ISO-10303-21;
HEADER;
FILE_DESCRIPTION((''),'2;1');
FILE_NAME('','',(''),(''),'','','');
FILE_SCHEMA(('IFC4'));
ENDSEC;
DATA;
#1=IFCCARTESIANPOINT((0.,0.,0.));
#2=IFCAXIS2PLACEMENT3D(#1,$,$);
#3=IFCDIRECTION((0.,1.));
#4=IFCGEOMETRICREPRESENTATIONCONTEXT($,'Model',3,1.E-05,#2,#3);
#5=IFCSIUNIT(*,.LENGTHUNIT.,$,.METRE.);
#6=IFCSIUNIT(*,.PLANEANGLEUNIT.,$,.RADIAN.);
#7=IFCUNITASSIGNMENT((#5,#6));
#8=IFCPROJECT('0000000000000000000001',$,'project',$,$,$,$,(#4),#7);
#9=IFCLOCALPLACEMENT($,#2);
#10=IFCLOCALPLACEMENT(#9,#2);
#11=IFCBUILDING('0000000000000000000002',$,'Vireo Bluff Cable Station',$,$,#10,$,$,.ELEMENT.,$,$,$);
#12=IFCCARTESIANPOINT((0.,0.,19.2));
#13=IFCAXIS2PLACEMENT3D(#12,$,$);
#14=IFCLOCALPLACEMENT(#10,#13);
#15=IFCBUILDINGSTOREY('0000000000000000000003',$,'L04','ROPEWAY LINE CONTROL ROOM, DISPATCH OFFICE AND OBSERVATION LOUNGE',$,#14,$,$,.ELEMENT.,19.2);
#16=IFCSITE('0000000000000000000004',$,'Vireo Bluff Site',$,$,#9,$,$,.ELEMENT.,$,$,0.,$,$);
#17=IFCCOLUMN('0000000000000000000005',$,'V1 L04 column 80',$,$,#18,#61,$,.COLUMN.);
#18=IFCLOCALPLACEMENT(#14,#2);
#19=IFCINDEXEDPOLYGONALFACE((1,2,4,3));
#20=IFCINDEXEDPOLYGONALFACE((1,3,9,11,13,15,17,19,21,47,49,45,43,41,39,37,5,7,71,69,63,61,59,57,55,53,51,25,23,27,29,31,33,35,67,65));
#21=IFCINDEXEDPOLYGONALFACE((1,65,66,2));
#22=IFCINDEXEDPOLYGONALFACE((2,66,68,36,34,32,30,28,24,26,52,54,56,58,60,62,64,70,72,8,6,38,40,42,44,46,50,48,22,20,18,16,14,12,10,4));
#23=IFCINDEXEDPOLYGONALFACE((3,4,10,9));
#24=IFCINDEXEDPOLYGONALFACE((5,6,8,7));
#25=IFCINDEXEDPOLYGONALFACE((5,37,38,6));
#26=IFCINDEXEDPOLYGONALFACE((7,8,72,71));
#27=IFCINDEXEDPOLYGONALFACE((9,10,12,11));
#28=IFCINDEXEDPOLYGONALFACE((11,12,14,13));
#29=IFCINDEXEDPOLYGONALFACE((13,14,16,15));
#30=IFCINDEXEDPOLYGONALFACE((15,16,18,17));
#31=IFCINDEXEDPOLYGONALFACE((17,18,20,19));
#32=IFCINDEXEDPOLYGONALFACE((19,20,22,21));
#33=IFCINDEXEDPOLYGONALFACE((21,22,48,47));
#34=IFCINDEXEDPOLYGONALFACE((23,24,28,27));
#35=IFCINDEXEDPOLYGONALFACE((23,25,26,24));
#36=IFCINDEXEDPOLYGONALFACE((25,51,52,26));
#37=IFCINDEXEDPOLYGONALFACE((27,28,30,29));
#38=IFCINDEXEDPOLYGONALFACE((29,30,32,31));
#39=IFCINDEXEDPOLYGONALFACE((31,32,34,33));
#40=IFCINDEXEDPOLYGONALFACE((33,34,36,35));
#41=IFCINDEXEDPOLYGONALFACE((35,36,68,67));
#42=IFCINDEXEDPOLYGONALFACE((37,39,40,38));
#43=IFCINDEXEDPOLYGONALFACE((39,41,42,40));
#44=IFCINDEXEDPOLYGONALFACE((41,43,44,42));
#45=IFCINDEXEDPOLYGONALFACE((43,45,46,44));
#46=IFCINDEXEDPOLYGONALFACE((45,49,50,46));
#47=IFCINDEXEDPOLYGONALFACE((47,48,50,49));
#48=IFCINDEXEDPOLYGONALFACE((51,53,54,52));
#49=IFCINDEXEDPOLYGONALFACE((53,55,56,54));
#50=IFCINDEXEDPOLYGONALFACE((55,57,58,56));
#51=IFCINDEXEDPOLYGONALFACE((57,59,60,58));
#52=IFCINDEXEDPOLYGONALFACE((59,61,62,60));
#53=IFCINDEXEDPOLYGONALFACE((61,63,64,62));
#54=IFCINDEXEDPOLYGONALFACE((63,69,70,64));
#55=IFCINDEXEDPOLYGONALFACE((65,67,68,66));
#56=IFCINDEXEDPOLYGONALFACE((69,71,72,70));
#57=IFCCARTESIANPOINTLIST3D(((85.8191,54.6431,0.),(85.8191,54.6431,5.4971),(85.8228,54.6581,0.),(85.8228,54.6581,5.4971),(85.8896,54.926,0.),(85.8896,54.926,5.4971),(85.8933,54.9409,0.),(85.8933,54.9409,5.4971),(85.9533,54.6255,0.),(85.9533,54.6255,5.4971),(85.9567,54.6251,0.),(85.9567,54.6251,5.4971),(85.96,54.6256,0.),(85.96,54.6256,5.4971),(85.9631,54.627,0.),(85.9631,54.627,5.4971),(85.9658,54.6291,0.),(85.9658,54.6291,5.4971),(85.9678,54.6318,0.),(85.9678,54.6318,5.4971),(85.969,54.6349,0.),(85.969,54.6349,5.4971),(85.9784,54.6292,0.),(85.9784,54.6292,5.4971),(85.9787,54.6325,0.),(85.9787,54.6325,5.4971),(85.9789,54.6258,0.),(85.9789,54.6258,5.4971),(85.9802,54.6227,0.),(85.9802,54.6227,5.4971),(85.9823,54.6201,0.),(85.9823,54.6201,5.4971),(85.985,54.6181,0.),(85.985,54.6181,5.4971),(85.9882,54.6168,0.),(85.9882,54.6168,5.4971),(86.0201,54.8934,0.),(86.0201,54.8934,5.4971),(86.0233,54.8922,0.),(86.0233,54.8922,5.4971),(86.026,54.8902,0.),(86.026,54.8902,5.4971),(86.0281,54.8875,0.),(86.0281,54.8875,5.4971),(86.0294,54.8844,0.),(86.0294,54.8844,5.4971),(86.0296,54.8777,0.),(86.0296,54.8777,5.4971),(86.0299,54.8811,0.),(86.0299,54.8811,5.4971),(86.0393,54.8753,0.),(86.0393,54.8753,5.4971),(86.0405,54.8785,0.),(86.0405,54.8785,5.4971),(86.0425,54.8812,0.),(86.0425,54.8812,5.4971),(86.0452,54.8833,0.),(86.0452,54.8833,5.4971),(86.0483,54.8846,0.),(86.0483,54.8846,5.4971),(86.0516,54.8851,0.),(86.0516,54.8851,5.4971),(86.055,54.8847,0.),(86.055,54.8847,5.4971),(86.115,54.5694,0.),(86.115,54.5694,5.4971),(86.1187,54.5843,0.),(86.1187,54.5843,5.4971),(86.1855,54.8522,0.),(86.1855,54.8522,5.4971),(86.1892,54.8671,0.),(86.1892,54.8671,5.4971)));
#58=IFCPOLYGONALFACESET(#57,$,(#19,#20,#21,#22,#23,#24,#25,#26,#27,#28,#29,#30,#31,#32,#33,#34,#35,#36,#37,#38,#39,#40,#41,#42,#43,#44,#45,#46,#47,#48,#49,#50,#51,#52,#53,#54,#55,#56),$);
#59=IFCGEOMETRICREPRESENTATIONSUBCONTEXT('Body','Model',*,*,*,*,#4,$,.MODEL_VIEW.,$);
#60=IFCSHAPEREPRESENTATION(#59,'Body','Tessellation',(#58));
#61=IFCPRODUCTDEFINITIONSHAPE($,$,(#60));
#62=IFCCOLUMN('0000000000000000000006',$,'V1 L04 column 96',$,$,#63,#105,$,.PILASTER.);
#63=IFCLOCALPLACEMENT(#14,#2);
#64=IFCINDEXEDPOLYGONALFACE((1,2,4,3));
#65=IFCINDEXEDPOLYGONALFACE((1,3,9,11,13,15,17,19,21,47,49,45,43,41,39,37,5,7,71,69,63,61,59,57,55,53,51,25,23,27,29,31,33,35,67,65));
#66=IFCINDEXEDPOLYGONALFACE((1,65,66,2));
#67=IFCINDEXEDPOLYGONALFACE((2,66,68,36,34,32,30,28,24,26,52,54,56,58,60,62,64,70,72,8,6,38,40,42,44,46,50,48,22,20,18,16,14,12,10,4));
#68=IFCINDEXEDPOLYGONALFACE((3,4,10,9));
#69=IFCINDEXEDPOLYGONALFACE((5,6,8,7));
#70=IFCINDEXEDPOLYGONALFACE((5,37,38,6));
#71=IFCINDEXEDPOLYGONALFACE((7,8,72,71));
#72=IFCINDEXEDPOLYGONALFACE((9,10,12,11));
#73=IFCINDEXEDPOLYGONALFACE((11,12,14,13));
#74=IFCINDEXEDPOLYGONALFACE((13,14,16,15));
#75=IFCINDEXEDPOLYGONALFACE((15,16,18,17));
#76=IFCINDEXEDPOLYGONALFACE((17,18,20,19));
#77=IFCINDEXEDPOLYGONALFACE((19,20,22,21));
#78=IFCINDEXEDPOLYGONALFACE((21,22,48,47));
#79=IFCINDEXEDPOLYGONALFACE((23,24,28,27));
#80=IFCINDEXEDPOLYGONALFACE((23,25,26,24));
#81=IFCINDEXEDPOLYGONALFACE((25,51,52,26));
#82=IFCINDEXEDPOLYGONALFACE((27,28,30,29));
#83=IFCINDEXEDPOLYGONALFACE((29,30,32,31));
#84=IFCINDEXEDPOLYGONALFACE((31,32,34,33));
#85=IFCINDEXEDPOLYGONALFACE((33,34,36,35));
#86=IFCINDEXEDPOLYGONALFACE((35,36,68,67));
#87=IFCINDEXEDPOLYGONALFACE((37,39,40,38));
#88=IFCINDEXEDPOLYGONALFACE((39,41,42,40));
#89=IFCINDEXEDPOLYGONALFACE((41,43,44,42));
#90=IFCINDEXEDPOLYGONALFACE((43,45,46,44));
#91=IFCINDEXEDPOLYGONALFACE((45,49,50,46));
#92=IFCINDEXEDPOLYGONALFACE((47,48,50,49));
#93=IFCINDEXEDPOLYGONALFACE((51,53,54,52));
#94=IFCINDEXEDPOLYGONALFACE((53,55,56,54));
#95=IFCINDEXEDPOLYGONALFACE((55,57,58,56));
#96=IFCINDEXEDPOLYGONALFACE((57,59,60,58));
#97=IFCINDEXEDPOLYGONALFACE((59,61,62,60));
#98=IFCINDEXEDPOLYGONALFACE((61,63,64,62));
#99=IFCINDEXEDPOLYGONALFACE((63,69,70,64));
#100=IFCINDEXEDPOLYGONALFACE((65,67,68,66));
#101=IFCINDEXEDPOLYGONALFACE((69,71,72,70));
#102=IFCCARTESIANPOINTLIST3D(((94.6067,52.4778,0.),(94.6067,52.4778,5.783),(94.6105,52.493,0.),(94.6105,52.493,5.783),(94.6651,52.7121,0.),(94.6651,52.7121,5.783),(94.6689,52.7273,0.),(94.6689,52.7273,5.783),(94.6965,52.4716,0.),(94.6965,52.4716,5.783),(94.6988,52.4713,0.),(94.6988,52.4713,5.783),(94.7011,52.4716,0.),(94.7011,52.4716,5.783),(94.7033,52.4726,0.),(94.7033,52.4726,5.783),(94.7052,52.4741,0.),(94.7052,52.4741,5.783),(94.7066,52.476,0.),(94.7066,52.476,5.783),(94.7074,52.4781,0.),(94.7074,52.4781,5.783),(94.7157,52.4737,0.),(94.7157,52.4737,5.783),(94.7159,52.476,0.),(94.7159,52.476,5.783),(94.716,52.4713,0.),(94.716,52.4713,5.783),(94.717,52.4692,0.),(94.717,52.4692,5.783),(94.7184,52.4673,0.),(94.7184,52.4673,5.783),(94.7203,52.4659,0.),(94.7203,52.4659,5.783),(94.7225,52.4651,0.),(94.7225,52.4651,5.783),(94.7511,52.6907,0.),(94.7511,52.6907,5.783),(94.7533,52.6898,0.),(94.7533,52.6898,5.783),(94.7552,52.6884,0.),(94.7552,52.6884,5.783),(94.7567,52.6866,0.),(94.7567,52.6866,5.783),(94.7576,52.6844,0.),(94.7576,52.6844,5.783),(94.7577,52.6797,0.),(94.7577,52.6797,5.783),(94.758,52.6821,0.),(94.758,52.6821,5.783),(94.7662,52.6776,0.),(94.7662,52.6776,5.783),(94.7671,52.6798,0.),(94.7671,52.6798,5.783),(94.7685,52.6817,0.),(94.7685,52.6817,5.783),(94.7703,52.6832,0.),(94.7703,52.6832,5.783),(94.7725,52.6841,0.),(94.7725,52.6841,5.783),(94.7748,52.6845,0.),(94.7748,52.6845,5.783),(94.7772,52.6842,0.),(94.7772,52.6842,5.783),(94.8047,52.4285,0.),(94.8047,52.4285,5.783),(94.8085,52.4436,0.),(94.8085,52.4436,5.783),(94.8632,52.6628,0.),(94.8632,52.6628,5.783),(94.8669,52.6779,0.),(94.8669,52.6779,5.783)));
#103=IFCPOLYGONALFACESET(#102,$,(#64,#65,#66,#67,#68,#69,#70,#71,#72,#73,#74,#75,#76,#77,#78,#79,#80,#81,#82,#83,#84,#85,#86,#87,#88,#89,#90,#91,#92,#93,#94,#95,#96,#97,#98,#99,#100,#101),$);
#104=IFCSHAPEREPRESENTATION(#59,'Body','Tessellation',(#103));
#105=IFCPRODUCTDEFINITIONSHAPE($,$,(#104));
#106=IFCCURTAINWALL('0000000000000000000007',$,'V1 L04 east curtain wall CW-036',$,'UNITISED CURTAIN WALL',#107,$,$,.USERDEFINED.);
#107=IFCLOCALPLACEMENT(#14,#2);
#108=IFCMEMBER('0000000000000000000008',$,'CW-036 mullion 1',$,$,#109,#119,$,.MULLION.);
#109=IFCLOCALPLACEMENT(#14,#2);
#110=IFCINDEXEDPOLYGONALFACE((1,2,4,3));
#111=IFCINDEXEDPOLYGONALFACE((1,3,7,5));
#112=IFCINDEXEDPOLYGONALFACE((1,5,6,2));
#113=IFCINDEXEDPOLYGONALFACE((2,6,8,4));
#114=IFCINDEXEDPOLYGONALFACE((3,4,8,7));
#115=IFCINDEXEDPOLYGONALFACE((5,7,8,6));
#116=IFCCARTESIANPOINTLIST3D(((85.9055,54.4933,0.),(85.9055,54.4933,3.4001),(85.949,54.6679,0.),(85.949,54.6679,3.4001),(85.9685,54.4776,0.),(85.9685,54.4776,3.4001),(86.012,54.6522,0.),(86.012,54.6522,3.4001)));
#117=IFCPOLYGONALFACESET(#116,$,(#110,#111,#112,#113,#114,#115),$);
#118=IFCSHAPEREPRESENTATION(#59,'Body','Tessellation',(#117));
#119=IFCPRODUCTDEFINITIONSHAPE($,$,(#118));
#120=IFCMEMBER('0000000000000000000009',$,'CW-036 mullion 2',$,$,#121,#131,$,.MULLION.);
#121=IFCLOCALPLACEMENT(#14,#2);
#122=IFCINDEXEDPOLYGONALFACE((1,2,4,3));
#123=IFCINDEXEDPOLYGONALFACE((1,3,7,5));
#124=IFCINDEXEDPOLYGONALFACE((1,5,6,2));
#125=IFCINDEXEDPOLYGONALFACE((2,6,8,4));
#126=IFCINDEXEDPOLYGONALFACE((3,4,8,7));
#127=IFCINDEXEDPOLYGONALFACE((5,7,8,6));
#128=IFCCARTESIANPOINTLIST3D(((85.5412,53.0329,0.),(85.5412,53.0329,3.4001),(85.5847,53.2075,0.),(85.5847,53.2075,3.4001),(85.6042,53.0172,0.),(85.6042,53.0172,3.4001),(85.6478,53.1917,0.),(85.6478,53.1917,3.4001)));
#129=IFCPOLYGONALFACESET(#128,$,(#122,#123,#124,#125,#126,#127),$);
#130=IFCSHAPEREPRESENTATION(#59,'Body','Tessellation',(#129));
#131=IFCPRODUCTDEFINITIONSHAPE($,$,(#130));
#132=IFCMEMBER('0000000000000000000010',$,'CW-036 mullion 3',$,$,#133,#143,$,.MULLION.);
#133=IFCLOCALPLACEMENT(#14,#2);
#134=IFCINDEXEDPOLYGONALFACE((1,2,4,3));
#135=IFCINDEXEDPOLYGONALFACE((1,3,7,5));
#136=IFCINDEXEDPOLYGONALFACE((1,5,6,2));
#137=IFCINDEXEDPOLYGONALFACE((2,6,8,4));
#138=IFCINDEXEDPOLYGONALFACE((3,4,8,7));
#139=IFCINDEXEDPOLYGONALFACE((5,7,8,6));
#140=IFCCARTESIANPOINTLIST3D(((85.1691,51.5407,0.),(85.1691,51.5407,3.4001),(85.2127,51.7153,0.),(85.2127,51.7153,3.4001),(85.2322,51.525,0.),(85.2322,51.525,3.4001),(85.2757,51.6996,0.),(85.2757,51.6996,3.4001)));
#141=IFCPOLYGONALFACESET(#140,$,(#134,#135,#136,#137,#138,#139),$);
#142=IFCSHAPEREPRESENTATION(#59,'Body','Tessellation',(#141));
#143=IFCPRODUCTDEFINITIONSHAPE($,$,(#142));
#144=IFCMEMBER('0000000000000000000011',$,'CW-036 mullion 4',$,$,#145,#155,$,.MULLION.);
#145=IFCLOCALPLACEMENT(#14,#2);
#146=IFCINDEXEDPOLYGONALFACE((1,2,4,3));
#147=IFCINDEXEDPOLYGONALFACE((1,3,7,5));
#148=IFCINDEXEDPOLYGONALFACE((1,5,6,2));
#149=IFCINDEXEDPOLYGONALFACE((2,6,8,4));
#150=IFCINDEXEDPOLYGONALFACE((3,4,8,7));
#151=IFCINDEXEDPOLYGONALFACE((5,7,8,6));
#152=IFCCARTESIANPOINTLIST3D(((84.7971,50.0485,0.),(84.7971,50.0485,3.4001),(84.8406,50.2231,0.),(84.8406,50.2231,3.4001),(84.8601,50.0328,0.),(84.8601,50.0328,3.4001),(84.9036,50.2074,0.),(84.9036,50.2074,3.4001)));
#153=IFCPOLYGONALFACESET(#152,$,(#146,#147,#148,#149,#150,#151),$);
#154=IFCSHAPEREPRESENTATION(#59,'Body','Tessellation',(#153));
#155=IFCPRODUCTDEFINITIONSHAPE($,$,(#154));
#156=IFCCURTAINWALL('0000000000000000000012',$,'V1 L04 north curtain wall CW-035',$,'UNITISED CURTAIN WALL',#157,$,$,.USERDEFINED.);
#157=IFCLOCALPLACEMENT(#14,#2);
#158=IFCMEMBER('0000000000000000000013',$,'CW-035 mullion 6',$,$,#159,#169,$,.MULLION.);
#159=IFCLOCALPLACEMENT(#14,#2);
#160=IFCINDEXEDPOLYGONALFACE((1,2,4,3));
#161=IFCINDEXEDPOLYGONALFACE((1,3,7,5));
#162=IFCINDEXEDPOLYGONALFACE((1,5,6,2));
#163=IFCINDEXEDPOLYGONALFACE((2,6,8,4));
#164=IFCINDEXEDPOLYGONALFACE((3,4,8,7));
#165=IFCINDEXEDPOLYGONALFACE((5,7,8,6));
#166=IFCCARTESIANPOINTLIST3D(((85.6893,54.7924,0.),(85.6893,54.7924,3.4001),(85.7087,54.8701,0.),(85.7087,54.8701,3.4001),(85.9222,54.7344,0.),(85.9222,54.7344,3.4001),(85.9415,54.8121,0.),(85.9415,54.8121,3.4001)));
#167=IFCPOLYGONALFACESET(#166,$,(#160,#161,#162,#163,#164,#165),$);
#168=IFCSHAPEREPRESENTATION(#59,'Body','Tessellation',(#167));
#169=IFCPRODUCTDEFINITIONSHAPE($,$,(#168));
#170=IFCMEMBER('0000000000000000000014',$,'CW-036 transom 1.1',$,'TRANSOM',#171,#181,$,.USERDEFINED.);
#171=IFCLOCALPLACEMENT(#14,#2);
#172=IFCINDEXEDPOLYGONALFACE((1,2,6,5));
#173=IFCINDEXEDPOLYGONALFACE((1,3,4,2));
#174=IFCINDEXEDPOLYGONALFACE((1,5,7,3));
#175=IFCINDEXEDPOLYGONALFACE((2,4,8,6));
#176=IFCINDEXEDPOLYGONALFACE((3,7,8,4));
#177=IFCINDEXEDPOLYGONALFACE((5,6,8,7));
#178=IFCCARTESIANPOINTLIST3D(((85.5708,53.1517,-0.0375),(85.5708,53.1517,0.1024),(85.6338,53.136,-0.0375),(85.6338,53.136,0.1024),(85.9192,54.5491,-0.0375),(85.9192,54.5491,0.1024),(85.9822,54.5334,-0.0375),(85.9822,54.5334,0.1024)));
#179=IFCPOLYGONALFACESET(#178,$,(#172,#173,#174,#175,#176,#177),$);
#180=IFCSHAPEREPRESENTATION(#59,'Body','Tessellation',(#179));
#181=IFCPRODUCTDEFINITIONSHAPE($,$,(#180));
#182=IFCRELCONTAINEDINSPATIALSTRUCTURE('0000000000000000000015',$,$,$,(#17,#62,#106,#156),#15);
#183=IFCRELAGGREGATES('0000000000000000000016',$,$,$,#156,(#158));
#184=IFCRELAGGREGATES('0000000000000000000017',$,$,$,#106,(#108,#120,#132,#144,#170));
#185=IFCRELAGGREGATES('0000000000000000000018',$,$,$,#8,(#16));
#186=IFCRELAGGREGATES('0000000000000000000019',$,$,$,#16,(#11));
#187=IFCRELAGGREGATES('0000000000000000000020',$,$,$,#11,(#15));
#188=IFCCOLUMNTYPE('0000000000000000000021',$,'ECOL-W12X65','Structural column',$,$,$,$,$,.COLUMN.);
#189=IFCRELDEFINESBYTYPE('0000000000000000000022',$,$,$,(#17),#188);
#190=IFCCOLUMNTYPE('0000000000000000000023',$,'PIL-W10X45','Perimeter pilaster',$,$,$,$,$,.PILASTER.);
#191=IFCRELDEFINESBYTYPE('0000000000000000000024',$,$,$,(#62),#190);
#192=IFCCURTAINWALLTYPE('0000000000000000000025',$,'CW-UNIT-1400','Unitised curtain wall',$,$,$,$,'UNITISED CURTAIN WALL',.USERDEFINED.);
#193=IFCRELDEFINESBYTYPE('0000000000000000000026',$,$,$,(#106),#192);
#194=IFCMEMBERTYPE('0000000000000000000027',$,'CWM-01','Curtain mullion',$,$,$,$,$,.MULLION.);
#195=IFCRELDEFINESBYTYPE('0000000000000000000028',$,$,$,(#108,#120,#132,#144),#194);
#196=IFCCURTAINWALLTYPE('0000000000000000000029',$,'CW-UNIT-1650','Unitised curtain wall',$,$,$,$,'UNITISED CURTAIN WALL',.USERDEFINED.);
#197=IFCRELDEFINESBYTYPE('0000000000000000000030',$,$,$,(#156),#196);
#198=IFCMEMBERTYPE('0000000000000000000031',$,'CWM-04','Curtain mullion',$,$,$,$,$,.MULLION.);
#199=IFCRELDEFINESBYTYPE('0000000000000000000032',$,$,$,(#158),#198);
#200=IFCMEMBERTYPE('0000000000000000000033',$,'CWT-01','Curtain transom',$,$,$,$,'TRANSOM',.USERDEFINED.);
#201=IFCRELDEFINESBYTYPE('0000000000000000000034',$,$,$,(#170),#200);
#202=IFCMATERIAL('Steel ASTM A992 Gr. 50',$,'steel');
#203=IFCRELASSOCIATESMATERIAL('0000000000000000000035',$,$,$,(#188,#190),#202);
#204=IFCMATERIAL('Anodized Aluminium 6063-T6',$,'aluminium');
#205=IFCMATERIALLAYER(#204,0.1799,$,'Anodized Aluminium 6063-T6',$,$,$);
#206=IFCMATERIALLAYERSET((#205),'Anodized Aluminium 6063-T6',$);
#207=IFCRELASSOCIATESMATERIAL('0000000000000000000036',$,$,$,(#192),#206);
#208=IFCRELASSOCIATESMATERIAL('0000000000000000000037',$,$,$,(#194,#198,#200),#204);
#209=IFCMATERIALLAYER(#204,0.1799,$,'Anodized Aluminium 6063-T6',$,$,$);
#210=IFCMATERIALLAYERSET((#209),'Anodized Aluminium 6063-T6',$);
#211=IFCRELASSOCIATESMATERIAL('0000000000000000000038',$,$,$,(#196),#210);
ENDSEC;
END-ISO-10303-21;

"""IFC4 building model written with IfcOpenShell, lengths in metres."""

from ifc_helpers import new_model, si_unit, direction, frame, origin, origin_2d, place, context, subcontext, project, spatial, rectangle, i_section, extrude, material, layer, layer_set, material_profile, profile_set, type_object, element, aggregate, save


model = new_model("IFC4")

# Units and contexts
model_context = context("Model", 3, precision=1e-05, world=origin(), true_north=direction((0.0, 1.0)))
body_context = subcontext(model_context, "Body", "Model", "MODEL_VIEW")
ifc_project = project(units=[si_unit("LENGTHUNIT", "METRE"), si_unit("PLANEANGLEUNIT", "RADIAN")], contexts=[model_context])

# Site, building, storey
site_placement = place(None, origin())
site = spatial("IfcSite", under=ifc_project, at=site_placement, Name="Vireo Bluff Site", CompositionType="ELEMENT", RefElevation=0.0)
building_placement = place(site_placement, origin())
building = spatial("IfcBuilding", under=site, at=building_placement, Name="Vireo Bluff Cable Station", CompositionType="ELEMENT")
storey_placement = place(building_placement, frame((0.0, 0.0, 19.2)))
storey = spatial("IfcBuildingStorey", under=building, at=storey_placement, Name="L04", Description="ROPEWAY LINE CONTROL ROOM, DISPATCH OFFICE AND OBSERVATION LOUNGE", CompositionType="ELEMENT", Elevation=19.2)

# Columns
ifc_material_1 = material(Name="Steel ASTM A992 Gr. 50", Category="steel")
ifc_material_profile_1 = material_profile(ifc_material_1, i_section(OverallWidth=0.3049, OverallDepth=0.3069, WebThickness=0.01, FlangeThickness=0.0154, FilletRadius=0.0129, at=origin_2d()), Name="W12X65")
ifc_profile_set_1 = profile_set([ifc_material_profile_1], Name="Steel ASTM A992 Gr. 50")
column_type_1 = type_object("IfcColumnType", Name="ECOL-W12X65", Description="Structural column", PredefinedType="COLUMN", material=ifc_profile_set_1)
column_1_placement = place(storey_placement, frame((86.0042, 54.7551, 0.0), z_axis=(0.0, 0.0, 1.0), x_axis=(0.970296, -0.241922, 0.0)))
element("IfcColumn", 1, at=column_1_placement, inside=storey, type_object=column_type_1, Name="V1 L04 column 80", PredefinedType="COLUMN", context=body_context, shape_type="SweptSolid", body=[
    extrude(i_section(OverallWidth=0.3049, OverallDepth=0.3069, WebThickness=0.01, FlangeThickness=0.0154, FilletRadius=0.0129, at=origin_2d()), origin(), (0.0, 0.0, 1.0), 5.4971),
])
ifc_material_profile_2 = material_profile(ifc_material_1, i_section(OverallWidth=0.2041, OverallDepth=0.2571, WebThickness=0.0088, FlangeThickness=0.0156, FilletRadius=0.009, at=origin_2d()), Name="W10X45")
ifc_profile_set_2 = profile_set([ifc_material_profile_2], Name="Steel ASTM A992 Gr. 50")
column_type_2 = type_object("IfcColumnType", Name="PIL-W10X45", Description="Perimeter pilaster", PredefinedType="PILASTER", material=ifc_profile_set_2)
column_2_placement = place(storey_placement, frame((94.7368, 52.5779, 0.0), z_axis=(0.0, 0.0, 1.0), x_axis=(0.970296, -0.241922, 0.0)))
element("IfcColumn", 2, at=column_2_placement, inside=storey, type_object=column_type_2, Name="V1 L04 column 96", PredefinedType="PILASTER", context=body_context, shape_type="SweptSolid", body=[
    extrude(i_section(OverallWidth=0.2041, OverallDepth=0.2571, WebThickness=0.0088, FlangeThickness=0.0156, FilletRadius=0.009, at=origin_2d()), origin(), (0.0, 0.0, 1.0), 5.783),
])

# Curtain wall, members
ifc_material_2 = material(Name="Anodized Aluminium 6063-T6", Category="aluminium")
ifc_layer_1 = layer(ifc_material_2, 0.1799, Name="Anodized Aluminium 6063-T6")
ifc_layer_set_1 = layer_set([ifc_layer_1], Name="Anodized Aluminium 6063-T6")
curtain_wall_type_1 = type_object("IfcCurtainWallType", Name="CW-UNIT-1400", Description="Unitised curtain wall", ElementType="UNITISED CURTAIN WALL", PredefinedType="USERDEFINED", material=ifc_layer_set_1)
curtain_wall_1_placement = place(storey_placement, origin())
curtain_wall_1 = element("IfcCurtainWall", 3, at=curtain_wall_1_placement, inside=storey, type_object=curtain_wall_type_1, Name="V1 L04 east curtain wall CW-036", ObjectType="UNITISED CURTAIN WALL", PredefinedType="USERDEFINED")
ifc_material_profile_3 = material_profile(ifc_material_2, rectangle(XDim=0.0649, YDim=0.1799, at=origin_2d()), Name="ALU-M-65X180")
ifc_profile_set_3 = profile_set([ifc_material_profile_3], Name="Anodized Aluminium 6063-T6")
member_type_1 = type_object("IfcMemberType", Name="CWM-01", Description="Curtain mullion", PredefinedType="MULLION", material=ifc_profile_set_3)
member_1_placement = place(storey_placement, frame((85.9587, 54.5728, 0.0), z_axis=(0.0, 0.0, 1.0), x_axis=(0.970296, -0.241922, 0.0)))
member_1 = element("IfcMember", 4, at=member_1_placement, type_object=member_type_1, Name="CW-036 mullion 1", PredefinedType="MULLION", context=body_context, shape_type="SweptSolid", body=[
    extrude(rectangle(XDim=0.0649, YDim=0.1799, at=origin_2d()), origin(), (0.0, 0.0, 1.0), 3.4001),
])
member_2_placement = place(storey_placement, frame((85.5945, 53.1123, 0.0), z_axis=(0.0, 0.0, 1.0), x_axis=(0.970296, -0.241922, 0.0)))
member_2 = element("IfcMember", 5, at=member_2_placement, type_object=member_type_1, Name="CW-036 mullion 2", PredefinedType="MULLION", context=body_context, shape_type="SweptSolid", body=[
    extrude(rectangle(XDim=0.0649, YDim=0.1799, at=origin_2d()), origin(), (0.0, 0.0, 1.0), 3.4001),
])
member_3_placement = place(storey_placement, frame((85.2224, 51.6201, 0.0), z_axis=(0.0, 0.0, 1.0), x_axis=(0.970296, -0.241922, 0.0)))
member_3 = element("IfcMember", 6, at=member_3_placement, type_object=member_type_1, Name="CW-036 mullion 3", PredefinedType="MULLION", context=body_context, shape_type="SweptSolid", body=[
    extrude(rectangle(XDim=0.0649, YDim=0.1799, at=origin_2d()), origin(), (0.0, 0.0, 1.0), 3.4001),
])
member_4_placement = place(storey_placement, frame((84.8503, 50.1279, 0.0), z_axis=(0.0, 0.0, 1.0), x_axis=(0.970296, -0.241922, 0.0)))
member_4 = element("IfcMember", 7, at=member_4_placement, type_object=member_type_1, Name="CW-036 mullion 4", PredefinedType="MULLION", context=body_context, shape_type="SweptSolid", body=[
    extrude(rectangle(XDim=0.0649, YDim=0.1799, at=origin_2d()), origin(), (0.0, 0.0, 1.0), 3.4001),
])

# Curtain wall, member
ifc_layer_2 = layer(ifc_material_2, 0.1799, Name="Anodized Aluminium 6063-T6")
ifc_layer_set_2 = layer_set([ifc_layer_2], Name="Anodized Aluminium 6063-T6")
curtain_wall_type_2 = type_object("IfcCurtainWallType", Name="CW-UNIT-1650", Description="Unitised curtain wall", ElementType="UNITISED CURTAIN WALL", PredefinedType="USERDEFINED", material=ifc_layer_set_2)
curtain_wall_2_placement = place(storey_placement, origin())
curtain_wall_2 = element("IfcCurtainWall", 8, at=curtain_wall_2_placement, inside=storey, type_object=curtain_wall_type_2, Name="V1 L04 north curtain wall CW-035", ObjectType="UNITISED CURTAIN WALL", PredefinedType="USERDEFINED")
ifc_material_profile_4 = material_profile(ifc_material_2, rectangle(XDim=0.0801, YDim=0.24, at=origin_2d()), Name="ALU-M-80X240")
ifc_profile_set_4 = profile_set([ifc_material_profile_4], Name="Anodized Aluminium 6063-T6")
member_type_2 = type_object("IfcMemberType", Name="CWM-04", Description="Curtain mullion", PredefinedType="MULLION", material=ifc_profile_set_4)
member_5_placement = place(storey_placement, frame((85.8154, 54.8022, 0.0), z_axis=(0.0, 0.0, 1.0), x_axis=(0.241922, 0.970296, 0.0)))
member_5 = element("IfcMember", 9, at=member_5_placement, type_object=member_type_2, Name="CW-035 mullion 6", PredefinedType="MULLION", context=body_context, shape_type="SweptSolid", body=[
    extrude(rectangle(XDim=0.0801, YDim=0.24, at=origin_2d()), origin(), (0.0, 0.0, 1.0), 3.4001),
])

# Member
ifc_material_profile_5 = material_profile(ifc_material_2, rectangle(XDim=0.0649, YDim=0.1399, at=origin_2d()), Name="ALU-T-65X140")
ifc_profile_set_5 = profile_set([ifc_material_profile_5], Name="Anodized Aluminium 6063-T6")
member_type_3 = type_object("IfcMemberType", Name="CWT-01", Description="Curtain transom", ElementType="TRANSOM", PredefinedType="USERDEFINED", material=ifc_profile_set_5)
member_6_placement = place(storey_placement, frame((85.9507, 54.5413, 0.0325), z_axis=(-0.241897, -0.970302, 0.0), x_axis=(0.970302, -0.241897, 0.0)))
member_6 = element("IfcMember", 10, at=member_6_placement, type_object=member_type_3, Name="CW-036 transom 1.1", ObjectType="TRANSOM", PredefinedType="USERDEFINED", context=body_context, shape_type="SweptSolid", body=[
    extrude(rectangle(XDim=0.0649, YDim=0.1399, at=origin_2d()), origin(), (0.0, 0.0, 1.0), 1.4402),
])

aggregate(curtain_wall_2, [member_5])
aggregate(curtain_wall_1, [member_1, member_2, member_3, member_4, member_6])

save(model, "model.ifc")
